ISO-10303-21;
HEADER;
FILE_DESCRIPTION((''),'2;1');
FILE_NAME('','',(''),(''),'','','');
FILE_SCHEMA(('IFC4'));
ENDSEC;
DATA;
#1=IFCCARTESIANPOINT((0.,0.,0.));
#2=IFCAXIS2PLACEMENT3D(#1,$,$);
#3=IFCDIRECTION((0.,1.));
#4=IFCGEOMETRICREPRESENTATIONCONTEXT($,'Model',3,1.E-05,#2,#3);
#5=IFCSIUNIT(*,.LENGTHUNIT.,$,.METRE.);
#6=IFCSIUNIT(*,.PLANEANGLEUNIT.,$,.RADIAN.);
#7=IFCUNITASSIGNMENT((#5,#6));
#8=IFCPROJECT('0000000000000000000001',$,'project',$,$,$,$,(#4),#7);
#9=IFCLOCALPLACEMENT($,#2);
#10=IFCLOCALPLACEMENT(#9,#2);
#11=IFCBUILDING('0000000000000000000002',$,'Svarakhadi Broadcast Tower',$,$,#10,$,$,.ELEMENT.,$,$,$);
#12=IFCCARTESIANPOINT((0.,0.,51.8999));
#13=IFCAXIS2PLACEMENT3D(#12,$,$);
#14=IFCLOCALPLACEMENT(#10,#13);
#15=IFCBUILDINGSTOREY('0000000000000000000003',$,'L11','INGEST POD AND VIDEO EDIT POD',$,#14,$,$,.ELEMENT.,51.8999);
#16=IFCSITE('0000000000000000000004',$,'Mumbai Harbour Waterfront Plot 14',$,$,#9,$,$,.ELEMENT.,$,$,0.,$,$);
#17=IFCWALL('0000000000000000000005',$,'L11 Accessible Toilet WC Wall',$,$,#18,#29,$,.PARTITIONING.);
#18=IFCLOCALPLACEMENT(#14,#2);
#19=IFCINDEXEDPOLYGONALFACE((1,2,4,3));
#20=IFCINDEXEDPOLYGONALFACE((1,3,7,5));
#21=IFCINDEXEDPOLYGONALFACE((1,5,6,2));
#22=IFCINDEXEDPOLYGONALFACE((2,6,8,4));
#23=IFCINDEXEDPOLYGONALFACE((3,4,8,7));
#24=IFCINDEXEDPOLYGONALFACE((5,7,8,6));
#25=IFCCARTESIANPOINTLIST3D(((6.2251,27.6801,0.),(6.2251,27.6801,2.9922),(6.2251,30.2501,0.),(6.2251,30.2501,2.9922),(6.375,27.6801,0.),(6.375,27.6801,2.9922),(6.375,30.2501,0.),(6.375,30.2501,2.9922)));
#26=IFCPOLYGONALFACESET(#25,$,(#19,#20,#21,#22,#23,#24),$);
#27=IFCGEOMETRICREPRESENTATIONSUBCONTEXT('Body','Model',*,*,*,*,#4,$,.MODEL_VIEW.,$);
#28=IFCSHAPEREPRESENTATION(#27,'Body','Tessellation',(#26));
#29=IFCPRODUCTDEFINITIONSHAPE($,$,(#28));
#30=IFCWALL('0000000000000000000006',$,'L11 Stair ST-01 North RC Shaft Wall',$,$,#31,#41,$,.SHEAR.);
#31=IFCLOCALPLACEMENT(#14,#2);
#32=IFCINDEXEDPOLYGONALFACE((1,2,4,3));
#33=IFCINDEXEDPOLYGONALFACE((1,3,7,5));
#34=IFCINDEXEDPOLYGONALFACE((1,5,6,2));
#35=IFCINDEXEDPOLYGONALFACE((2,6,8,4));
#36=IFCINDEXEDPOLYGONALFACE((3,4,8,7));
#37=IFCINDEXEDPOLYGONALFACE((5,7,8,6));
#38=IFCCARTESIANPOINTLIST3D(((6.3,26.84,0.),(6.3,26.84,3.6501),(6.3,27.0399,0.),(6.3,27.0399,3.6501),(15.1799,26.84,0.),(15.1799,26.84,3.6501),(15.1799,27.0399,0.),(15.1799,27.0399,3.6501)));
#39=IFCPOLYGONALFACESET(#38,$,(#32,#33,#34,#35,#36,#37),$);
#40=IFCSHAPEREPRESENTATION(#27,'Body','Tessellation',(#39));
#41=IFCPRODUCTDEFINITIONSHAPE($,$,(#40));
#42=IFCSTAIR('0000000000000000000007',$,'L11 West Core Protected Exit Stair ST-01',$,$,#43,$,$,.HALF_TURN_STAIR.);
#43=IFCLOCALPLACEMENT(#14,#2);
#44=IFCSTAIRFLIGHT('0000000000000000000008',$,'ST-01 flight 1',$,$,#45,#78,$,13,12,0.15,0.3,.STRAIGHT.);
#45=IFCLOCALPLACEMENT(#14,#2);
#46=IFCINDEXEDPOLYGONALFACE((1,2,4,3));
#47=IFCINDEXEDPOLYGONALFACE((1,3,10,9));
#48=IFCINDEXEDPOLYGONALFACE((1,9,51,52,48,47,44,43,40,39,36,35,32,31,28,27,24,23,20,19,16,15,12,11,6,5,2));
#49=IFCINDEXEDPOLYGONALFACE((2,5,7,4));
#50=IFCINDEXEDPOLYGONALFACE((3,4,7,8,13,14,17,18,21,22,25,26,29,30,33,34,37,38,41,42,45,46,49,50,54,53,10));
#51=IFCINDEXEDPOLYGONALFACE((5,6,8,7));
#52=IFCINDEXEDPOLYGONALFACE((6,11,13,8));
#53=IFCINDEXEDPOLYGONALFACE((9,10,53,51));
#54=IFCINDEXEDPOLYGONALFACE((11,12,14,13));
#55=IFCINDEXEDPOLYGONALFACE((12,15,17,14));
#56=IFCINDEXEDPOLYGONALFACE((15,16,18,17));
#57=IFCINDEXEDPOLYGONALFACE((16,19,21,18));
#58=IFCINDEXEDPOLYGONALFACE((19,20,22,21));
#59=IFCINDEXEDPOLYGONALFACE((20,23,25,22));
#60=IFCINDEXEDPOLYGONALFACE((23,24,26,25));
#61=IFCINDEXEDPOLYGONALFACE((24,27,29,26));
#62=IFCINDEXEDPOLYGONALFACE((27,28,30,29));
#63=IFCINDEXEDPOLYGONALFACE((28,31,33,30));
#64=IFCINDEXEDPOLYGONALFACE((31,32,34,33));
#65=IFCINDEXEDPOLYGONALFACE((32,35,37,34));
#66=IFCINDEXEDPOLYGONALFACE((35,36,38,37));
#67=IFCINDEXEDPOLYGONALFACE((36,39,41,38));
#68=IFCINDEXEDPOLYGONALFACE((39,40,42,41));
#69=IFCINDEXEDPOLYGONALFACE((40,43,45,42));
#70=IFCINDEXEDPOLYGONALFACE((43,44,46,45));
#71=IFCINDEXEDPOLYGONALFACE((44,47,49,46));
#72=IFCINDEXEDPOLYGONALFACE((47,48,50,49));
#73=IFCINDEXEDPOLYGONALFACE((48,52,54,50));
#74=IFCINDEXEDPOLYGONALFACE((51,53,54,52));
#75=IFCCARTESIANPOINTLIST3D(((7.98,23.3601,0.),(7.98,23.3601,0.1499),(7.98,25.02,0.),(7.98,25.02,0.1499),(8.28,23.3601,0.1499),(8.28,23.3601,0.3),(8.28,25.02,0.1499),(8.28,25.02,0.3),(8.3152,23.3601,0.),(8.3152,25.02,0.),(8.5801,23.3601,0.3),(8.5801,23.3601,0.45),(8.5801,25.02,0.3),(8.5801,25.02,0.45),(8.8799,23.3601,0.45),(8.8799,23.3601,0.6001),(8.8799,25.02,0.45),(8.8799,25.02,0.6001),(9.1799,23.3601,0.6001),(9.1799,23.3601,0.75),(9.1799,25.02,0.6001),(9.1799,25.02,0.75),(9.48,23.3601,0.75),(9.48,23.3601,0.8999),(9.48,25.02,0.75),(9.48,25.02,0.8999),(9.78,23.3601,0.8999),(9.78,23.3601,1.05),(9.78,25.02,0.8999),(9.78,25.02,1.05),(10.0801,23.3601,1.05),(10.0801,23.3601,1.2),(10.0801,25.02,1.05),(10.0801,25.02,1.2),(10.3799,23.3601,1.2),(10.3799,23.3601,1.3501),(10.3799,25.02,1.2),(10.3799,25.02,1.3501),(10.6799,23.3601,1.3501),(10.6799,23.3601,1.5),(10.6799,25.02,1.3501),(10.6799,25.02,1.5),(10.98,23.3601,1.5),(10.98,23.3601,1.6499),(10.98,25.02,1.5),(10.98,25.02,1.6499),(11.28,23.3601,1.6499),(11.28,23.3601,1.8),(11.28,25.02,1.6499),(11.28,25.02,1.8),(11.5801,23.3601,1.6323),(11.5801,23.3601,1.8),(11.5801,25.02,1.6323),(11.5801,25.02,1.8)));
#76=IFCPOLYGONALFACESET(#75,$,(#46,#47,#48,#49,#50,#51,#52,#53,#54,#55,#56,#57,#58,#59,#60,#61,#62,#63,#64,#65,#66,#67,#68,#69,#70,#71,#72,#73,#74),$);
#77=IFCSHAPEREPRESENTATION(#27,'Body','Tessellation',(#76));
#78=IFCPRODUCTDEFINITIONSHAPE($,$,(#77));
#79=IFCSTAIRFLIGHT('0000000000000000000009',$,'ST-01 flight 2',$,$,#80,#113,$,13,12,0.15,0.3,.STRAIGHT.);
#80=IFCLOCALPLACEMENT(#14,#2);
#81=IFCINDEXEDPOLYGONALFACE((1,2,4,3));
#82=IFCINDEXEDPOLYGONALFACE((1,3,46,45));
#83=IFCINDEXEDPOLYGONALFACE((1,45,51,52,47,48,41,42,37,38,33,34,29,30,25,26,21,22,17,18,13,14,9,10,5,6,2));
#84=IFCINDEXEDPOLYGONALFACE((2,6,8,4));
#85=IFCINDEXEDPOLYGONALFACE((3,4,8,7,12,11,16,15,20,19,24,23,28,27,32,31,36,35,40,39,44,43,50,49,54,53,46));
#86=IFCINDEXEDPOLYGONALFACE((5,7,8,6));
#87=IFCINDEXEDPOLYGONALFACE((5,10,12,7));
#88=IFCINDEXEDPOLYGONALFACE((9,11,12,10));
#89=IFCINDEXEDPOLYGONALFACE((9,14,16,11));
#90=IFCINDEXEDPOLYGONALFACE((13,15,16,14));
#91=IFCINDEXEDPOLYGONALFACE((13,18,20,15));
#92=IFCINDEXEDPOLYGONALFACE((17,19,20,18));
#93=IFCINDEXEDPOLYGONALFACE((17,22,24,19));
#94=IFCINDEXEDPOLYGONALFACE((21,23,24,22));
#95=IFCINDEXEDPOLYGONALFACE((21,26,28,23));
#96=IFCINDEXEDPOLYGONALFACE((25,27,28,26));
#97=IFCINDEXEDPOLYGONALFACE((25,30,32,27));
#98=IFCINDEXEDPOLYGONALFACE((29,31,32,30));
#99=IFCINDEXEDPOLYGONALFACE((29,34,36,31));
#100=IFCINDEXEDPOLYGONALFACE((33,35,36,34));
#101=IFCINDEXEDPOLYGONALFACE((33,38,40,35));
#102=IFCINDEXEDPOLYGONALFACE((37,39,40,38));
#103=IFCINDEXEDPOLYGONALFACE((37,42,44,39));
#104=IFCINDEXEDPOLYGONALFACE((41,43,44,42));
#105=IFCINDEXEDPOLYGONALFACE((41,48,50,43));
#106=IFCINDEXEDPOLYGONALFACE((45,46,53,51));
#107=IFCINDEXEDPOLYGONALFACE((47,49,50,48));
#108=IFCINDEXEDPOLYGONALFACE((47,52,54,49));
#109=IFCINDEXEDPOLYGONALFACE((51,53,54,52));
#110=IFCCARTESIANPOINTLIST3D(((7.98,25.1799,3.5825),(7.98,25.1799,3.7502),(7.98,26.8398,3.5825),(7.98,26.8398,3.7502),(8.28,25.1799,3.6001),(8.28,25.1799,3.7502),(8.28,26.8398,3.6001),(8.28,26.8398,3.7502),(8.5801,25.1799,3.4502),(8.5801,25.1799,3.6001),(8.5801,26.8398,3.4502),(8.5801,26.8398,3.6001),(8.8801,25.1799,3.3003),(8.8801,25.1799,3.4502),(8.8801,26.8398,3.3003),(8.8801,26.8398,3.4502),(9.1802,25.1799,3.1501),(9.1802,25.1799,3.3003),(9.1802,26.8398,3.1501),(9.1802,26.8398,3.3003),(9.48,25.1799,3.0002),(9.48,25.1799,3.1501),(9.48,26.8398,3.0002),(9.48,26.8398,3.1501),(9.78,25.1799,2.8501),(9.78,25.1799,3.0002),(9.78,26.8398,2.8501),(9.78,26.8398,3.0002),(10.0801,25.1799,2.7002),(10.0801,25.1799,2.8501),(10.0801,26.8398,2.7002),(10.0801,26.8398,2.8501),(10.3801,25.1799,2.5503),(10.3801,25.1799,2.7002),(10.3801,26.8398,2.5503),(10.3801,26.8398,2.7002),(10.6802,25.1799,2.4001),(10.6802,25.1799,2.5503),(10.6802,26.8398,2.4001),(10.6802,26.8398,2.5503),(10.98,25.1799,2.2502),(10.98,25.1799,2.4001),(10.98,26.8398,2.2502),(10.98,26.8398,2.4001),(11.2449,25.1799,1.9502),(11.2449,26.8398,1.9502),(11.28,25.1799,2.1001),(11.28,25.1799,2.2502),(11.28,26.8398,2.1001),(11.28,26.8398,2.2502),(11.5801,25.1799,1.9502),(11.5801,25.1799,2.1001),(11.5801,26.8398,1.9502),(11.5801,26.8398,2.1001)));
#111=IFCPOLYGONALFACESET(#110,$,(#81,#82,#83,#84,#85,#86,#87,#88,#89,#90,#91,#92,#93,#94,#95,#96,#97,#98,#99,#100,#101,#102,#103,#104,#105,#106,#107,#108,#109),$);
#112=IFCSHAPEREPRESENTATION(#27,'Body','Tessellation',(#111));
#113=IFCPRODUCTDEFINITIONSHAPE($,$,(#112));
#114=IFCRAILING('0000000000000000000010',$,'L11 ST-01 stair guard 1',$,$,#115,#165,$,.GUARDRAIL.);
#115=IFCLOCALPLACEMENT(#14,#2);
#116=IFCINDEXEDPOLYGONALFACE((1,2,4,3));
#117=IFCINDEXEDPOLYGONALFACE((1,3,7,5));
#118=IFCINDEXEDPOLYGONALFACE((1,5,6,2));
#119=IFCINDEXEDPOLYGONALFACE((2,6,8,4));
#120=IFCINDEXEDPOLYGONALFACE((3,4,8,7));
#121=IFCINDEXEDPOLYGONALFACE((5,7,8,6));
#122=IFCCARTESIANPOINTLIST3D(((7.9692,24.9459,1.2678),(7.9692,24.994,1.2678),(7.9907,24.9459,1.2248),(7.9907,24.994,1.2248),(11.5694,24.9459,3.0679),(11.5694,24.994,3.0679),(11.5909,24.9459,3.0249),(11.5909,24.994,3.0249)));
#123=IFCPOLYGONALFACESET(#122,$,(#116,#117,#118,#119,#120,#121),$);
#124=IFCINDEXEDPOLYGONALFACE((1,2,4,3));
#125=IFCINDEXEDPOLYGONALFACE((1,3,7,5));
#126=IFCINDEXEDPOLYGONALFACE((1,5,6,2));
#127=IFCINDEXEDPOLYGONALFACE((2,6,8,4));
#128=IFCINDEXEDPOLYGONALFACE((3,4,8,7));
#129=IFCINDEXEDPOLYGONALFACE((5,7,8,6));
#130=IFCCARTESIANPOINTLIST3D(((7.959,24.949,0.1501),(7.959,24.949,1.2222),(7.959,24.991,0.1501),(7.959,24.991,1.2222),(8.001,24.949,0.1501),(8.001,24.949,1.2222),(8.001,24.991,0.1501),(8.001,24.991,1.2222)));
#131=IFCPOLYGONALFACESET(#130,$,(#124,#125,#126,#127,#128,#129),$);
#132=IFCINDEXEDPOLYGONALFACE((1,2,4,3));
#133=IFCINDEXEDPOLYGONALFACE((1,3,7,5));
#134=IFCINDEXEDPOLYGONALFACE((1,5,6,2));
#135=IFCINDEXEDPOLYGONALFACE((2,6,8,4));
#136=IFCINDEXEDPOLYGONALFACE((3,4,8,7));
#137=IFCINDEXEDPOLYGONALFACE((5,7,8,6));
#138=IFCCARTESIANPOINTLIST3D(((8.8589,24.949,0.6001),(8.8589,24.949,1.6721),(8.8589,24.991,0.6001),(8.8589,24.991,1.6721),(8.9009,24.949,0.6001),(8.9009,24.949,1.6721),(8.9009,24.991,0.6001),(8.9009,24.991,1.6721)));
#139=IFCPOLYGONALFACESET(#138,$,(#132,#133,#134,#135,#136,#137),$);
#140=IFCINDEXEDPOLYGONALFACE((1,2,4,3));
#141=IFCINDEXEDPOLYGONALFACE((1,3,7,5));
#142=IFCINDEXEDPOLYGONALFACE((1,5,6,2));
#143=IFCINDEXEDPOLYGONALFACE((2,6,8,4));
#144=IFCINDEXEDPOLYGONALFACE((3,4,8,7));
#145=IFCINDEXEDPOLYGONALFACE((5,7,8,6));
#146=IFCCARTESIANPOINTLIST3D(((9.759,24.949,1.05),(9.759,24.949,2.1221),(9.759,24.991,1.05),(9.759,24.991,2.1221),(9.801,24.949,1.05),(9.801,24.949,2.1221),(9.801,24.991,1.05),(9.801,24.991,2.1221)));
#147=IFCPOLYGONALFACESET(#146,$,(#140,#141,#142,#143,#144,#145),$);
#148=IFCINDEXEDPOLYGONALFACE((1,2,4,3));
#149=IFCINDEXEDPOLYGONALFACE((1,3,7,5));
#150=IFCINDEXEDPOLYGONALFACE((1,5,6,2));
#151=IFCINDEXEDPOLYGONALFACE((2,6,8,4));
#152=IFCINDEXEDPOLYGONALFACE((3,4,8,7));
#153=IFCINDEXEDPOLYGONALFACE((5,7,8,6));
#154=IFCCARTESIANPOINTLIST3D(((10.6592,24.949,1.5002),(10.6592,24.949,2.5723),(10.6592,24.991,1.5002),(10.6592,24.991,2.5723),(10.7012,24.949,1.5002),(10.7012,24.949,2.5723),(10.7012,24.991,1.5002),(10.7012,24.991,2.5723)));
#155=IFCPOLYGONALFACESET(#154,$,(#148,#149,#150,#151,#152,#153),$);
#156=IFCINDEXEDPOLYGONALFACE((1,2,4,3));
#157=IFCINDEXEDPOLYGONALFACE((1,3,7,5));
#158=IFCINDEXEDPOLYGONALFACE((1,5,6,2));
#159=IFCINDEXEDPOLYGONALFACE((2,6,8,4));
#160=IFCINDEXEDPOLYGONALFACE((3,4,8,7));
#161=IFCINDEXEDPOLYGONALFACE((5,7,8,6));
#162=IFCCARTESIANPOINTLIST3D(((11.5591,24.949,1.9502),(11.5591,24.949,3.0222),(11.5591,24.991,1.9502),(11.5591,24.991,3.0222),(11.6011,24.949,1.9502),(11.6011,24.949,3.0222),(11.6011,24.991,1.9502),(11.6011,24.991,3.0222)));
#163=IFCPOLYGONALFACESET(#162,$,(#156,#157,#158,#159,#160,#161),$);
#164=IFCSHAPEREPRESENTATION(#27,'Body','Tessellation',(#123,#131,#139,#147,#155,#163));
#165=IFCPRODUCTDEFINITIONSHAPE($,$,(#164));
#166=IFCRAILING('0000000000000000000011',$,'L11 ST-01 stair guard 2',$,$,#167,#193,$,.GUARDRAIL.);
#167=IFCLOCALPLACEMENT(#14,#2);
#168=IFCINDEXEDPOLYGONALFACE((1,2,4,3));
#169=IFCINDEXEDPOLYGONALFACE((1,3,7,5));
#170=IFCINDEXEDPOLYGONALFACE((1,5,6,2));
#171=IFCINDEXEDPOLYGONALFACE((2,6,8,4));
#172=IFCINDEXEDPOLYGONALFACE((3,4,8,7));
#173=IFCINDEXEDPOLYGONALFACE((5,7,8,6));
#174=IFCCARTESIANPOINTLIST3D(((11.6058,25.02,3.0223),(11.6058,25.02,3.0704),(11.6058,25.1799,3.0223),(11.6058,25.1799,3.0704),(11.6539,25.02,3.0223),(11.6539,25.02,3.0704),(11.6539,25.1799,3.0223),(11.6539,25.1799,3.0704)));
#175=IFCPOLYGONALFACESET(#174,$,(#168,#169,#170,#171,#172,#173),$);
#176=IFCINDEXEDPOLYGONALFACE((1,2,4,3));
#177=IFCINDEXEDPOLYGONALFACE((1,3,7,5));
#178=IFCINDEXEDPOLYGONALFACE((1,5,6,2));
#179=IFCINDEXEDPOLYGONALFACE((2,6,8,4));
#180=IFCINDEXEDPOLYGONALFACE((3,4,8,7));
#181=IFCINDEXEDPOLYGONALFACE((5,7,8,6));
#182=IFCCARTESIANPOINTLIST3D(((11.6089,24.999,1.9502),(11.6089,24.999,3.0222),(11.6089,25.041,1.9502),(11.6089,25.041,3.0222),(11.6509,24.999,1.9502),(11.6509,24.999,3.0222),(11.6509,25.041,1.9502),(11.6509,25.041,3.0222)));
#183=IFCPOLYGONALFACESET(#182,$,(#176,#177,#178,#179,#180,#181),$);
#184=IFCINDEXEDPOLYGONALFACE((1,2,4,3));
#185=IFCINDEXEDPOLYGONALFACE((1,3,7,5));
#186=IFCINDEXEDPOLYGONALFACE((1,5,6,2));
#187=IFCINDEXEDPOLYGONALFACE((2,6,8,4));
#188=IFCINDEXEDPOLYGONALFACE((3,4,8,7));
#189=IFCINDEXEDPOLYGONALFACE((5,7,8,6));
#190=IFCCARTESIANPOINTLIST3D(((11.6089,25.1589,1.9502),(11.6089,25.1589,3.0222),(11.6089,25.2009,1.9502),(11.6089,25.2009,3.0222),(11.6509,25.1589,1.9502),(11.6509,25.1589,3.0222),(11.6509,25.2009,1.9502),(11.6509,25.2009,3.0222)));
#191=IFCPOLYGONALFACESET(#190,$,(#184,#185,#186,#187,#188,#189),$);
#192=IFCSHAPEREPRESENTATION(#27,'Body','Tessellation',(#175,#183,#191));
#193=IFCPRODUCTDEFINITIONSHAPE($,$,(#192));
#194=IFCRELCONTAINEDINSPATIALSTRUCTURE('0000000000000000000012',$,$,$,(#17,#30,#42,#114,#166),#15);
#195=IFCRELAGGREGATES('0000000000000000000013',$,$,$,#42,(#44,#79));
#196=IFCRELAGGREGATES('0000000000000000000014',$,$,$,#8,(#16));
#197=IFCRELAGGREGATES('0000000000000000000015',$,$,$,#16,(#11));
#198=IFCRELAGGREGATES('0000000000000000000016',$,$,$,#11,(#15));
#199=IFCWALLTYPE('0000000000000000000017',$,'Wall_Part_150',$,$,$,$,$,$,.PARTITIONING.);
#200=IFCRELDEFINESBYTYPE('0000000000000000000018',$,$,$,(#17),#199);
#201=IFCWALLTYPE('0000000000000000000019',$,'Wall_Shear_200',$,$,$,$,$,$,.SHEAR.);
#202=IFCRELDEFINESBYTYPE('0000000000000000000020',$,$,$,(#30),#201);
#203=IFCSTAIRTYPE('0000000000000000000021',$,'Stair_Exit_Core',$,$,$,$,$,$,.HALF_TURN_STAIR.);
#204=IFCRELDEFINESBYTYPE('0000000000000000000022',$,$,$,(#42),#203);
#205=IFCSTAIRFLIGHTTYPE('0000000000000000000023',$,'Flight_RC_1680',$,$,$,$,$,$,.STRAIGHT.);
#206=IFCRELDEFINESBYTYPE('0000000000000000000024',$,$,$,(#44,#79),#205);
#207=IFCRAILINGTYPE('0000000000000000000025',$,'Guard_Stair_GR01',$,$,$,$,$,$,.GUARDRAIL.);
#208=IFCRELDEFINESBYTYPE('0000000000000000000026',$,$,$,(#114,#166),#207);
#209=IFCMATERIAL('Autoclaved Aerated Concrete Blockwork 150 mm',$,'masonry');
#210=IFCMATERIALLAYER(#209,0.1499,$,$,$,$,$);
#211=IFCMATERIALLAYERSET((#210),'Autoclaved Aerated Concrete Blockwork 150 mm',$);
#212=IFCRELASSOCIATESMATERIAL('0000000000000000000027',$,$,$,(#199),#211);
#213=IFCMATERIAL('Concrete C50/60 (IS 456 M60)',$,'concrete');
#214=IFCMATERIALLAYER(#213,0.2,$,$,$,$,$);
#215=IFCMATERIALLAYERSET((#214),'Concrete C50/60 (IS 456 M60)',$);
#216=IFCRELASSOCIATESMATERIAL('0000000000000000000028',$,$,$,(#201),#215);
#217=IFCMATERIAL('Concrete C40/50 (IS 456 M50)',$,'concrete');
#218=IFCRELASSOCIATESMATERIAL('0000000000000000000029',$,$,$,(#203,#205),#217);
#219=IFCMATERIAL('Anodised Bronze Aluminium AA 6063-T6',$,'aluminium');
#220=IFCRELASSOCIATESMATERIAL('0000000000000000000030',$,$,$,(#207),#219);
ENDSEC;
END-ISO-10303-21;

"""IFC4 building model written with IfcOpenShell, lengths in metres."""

from ifc_helpers import new_model, si_unit, direction, frame, frame_2d, origin, origin_2d, place, context, subcontext, project, spatial, polyline, rectangle, outline, extrude, material, layer, layer_set, type_object, element, aggregate, save


model = new_model("IFC4")

# Units and contexts
model_context = context("Model", 3, precision=1e-05, world=origin(), true_north=direction((0.0, 1.0)))
body_context = subcontext(model_context, "Body", "Model", "MODEL_VIEW")
ifc_project = project(units=[si_unit("LENGTHUNIT", "METRE"), si_unit("PLANEANGLEUNIT", "RADIAN")], contexts=[model_context])

# Site, building, storey
site_placement = place(None, origin())
site = spatial("IfcSite", under=ifc_project, at=site_placement, Name="Mumbai Harbour Waterfront Plot 14", CompositionType="ELEMENT", RefElevation=0.0)
building_placement = place(site_placement, origin())
building = spatial("IfcBuilding", under=site, at=building_placement, Name="Svarakhadi Broadcast Tower", CompositionType="ELEMENT")
storey_placement = place(building_placement, frame((0.0, 0.0, 51.8999)))
storey = spatial("IfcBuildingStorey", under=building, at=storey_placement, Name="L11", Description="INGEST POD AND VIDEO EDIT POD", CompositionType="ELEMENT", Elevation=51.8999)

# Walls
ifc_material_1 = material(Name="Concrete C40/50 (IS 456 M50)", Category="concrete")
ifc_material_2 = material(Name="Autoclaved Aerated Concrete Blockwork 150 mm", Category="masonry")
ifc_layer_1 = layer(ifc_material_2, 0.1499)
ifc_layer_set_1 = layer_set([ifc_layer_1], Name="Autoclaved Aerated Concrete Blockwork 150 mm")
wall_type_1 = type_object("IfcWallType", Name="Wall_Part_150", PredefinedType="PARTITIONING", material=ifc_layer_set_1)
wall_1_placement = place(storey_placement, frame((6.3, 27.6799, 0.0), z_axis=(0.0, 0.0, 1.0), x_axis=(0.0, 1.0, 0.0)))
element("IfcWall", 1, at=wall_1_placement, inside=storey, type_object=wall_type_1, Name="L11 Accessible Toilet WC Wall", PredefinedType="PARTITIONING", context=body_context, shape_type="SweptSolid", body=[
    extrude(rectangle(XDim=2.5701, YDim=0.1499, at=frame_2d((1.2852, 0.0))), origin(), (0.0, 0.0, 1.0), 2.9922),
])
ifc_material_3 = material(Name="Concrete C50/60 (IS 456 M60)", Category="concrete")
ifc_layer_2 = layer(ifc_material_3, 0.2)
ifc_layer_set_2 = layer_set([ifc_layer_2], Name="Concrete C50/60 (IS 456 M60)")
wall_type_2 = type_object("IfcWallType", Name="Wall_Shear_200", PredefinedType="SHEAR", material=ifc_layer_set_2)
wall_2_placement = place(storey_placement, frame((6.3, 26.9399, 0.0), z_axis=(0.0, 0.0, 1.0), x_axis=(1.0, 0.0, 0.0)))
element("IfcWall", 2, at=wall_2_placement, inside=storey, type_object=wall_type_2, Name="L11 Stair ST-01 North RC Shaft Wall", PredefinedType="SHEAR", context=body_context, shape_type="SweptSolid", body=[
    extrude(rectangle(XDim=8.8799, YDim=0.2, at=frame_2d((4.4399, 0.0))), origin(), (0.0, 0.0, 1.0), 3.6501),
])

# Stair, stair flights
stair_type = type_object("IfcStairType", Name="Stair_Exit_Core", PredefinedType="HALF_TURN_STAIR", material=ifc_material_1)
stair_placement = place(storey_placement, origin())
stair = element("IfcStair", 3, at=stair_placement, inside=storey, type_object=stair_type, Name="L11 West Core Protected Exit Stair ST-01", PredefinedType="HALF_TURN_STAIR")
stair_flight_type = type_object("IfcStairFlightType", Name="Flight_RC_1680", PredefinedType="STRAIGHT", material=ifc_material_1)
stair_flight_1_placement = place(storey_placement, frame((7.98, 24.1899, 0.0), z_axis=(0.0, 0.0, 1.0), x_axis=(1.0, 0.0, 0.0)))
stair_flight_1 = element("IfcStairFlight", 4, at=stair_flight_1_placement, type_object=stair_flight_type, Name="ST-01 flight 1", NumberOfRisers=13, NumberOfTreads=12, PredefinedType="STRAIGHT", RiserHeight=0.15, TreadLength=0.3, context=body_context, shape_type="SweptSolid", body=[
    extrude(outline(polyline([(0.0, 0.0), (0.0, 0.1499), (0.3, 0.1499), (0.3, 0.3), (0.6001, 0.3), (0.6001, 0.45), (0.8999, 0.45), (0.8999, 0.6001), (1.2, 0.6001), (1.2, 0.75), (1.5, 0.75), (1.5, 0.8999), (1.8, 0.8999), (1.8, 1.05), (2.1001, 1.05), (2.1001, 1.2), (2.3999, 1.2), (2.3999, 1.3501), (2.7, 1.3501), (2.7, 1.5), (3.0, 1.5), (3.0, 1.6499), (3.3, 1.6499), (3.3, 1.8), (3.6001, 1.8), (3.6001, 1.95), (3.6001, 1.6323), (0.3352, 0.0), (0.0, 0.0)])), frame((0.0, 0.8301, 0.0), z_axis=(0.0, -1.0, 0.0), x_axis=(1.0, 0.0, 0.0)), (0.0, 0.0, 1.0), 1.6599),
])
stair_flight_2_placement = place(storey_placement, frame((11.5801, 26.01, 1.9502), z_axis=(0.0, 0.0, 1.0), x_axis=(-1.0, 0.0, 0.0)))
stair_flight_2 = element("IfcStairFlight", 5, at=stair_flight_2_placement, type_object=stair_flight_type, Name="ST-01 flight 2", NumberOfRisers=13, NumberOfTreads=12, PredefinedType="STRAIGHT", RiserHeight=0.15, TreadLength=0.3, context=body_context, shape_type="SweptSolid", body=[
    extrude(outline(polyline([(0.0, 0.0), (0.0, 0.1499), (0.3, 0.1499), (0.3, 0.3), (0.6001, 0.3), (0.6001, 0.45), (0.8999, 0.45), (0.8999, 0.6001), (1.2, 0.6001), (1.2, 0.75), (1.5, 0.75), (1.5, 0.8999), (1.8, 0.8999), (1.8, 1.05), (2.1001, 1.05), (2.1001, 1.2), (2.3999, 1.2), (2.3999, 1.3501), (2.7, 1.3501), (2.7, 1.5), (3.0, 1.5), (3.0, 1.6499), (3.3, 1.6499), (3.3, 1.8), (3.6001, 1.8), (3.6001, 1.95), (3.6001, 1.6323), (0.3352, 0.0), (0.0, 0.0)])), frame((0.0, 0.8301, 0.0), z_axis=(0.0, -1.0, 0.0), x_axis=(1.0, 0.0, 0.0)), (0.0, 0.0, 1.0), 1.6599),
])
aggregate(stair, [stair_flight_1, stair_flight_2])

# Railings
ifc_material_4 = material(Name="Anodised Bronze Aluminium AA 6063-T6", Category="aluminium")
railing_type_1 = type_object("IfcRailingType", Name="Guard_Stair_GR01", PredefinedType="GUARDRAIL", material=ifc_material_4)
railing_1_placement = place(storey_placement, frame((7.98, 24.97, 0.1501)))
element("IfcRailing", 6, at=railing_1_placement, inside=storey, type_object=railing_type_1, Name="L11 ST-01 stair guard 1", PredefinedType="GUARDRAIL", context=body_context, shape_type="SweptSolid", body=[
    extrude(rectangle(XDim=0.0481, YDim=0.0481, at=origin_2d()), frame((0.0, 0.0, 1.0962), z_axis=(0.894427, 0.0, 0.447214), x_axis=(0.0, 1.0, 0.0)), (0.0, 0.0, 1.0), 4.0251),
    extrude(rectangle(XDim=0.042, YDim=0.042, at=origin_2d()), origin(), (0.0, 0.0, 1.0), 1.072),
    extrude(rectangle(XDim=0.042, YDim=0.042, at=origin_2d()), frame((0.8999, 0.0, 0.45)), (0.0, 0.0, 1.0), 1.072),
    extrude(rectangle(XDim=0.042, YDim=0.042, at=origin_2d()), frame((1.8, 0.0, 0.8999)), (0.0, 0.0, 1.0), 1.072),
    extrude(rectangle(XDim=0.042, YDim=0.042, at=origin_2d()), frame((2.7002, 0.0, 1.3501)), (0.0, 0.0, 1.0), 1.072),
    extrude(rectangle(XDim=0.042, YDim=0.042, at=origin_2d()), frame((3.6001, 0.0, 1.8)), (0.0, 0.0, 1.0), 1.072),
])
railing_2_placement = place(storey_placement, frame((11.6299, 25.02, 1.9502)))
element("IfcRailing", 7, at=railing_2_placement, inside=storey, type_object=railing_type_1, Name="L11 ST-01 stair guard 2", PredefinedType="GUARDRAIL", context=body_context, shape_type="SweptSolid", body=[
    extrude(rectangle(XDim=0.0481, YDim=0.0481, at=origin_2d()), frame((0.0, 0.0, 1.0962), z_axis=(0.0, 1.0, 0.0), x_axis=(-1.0, 0.0, 0.0)), (0.0, 0.0, 1.0), 0.1599),
    extrude(rectangle(XDim=0.042, YDim=0.042, at=origin_2d()), origin(), (0.0, 0.0, 1.0), 1.072),
    extrude(rectangle(XDim=0.042, YDim=0.042, at=origin_2d()), frame((0.0, 0.1599, 0.0)), (0.0, 0.0, 1.0), 1.072),
])

save(model, "model.ifc")
